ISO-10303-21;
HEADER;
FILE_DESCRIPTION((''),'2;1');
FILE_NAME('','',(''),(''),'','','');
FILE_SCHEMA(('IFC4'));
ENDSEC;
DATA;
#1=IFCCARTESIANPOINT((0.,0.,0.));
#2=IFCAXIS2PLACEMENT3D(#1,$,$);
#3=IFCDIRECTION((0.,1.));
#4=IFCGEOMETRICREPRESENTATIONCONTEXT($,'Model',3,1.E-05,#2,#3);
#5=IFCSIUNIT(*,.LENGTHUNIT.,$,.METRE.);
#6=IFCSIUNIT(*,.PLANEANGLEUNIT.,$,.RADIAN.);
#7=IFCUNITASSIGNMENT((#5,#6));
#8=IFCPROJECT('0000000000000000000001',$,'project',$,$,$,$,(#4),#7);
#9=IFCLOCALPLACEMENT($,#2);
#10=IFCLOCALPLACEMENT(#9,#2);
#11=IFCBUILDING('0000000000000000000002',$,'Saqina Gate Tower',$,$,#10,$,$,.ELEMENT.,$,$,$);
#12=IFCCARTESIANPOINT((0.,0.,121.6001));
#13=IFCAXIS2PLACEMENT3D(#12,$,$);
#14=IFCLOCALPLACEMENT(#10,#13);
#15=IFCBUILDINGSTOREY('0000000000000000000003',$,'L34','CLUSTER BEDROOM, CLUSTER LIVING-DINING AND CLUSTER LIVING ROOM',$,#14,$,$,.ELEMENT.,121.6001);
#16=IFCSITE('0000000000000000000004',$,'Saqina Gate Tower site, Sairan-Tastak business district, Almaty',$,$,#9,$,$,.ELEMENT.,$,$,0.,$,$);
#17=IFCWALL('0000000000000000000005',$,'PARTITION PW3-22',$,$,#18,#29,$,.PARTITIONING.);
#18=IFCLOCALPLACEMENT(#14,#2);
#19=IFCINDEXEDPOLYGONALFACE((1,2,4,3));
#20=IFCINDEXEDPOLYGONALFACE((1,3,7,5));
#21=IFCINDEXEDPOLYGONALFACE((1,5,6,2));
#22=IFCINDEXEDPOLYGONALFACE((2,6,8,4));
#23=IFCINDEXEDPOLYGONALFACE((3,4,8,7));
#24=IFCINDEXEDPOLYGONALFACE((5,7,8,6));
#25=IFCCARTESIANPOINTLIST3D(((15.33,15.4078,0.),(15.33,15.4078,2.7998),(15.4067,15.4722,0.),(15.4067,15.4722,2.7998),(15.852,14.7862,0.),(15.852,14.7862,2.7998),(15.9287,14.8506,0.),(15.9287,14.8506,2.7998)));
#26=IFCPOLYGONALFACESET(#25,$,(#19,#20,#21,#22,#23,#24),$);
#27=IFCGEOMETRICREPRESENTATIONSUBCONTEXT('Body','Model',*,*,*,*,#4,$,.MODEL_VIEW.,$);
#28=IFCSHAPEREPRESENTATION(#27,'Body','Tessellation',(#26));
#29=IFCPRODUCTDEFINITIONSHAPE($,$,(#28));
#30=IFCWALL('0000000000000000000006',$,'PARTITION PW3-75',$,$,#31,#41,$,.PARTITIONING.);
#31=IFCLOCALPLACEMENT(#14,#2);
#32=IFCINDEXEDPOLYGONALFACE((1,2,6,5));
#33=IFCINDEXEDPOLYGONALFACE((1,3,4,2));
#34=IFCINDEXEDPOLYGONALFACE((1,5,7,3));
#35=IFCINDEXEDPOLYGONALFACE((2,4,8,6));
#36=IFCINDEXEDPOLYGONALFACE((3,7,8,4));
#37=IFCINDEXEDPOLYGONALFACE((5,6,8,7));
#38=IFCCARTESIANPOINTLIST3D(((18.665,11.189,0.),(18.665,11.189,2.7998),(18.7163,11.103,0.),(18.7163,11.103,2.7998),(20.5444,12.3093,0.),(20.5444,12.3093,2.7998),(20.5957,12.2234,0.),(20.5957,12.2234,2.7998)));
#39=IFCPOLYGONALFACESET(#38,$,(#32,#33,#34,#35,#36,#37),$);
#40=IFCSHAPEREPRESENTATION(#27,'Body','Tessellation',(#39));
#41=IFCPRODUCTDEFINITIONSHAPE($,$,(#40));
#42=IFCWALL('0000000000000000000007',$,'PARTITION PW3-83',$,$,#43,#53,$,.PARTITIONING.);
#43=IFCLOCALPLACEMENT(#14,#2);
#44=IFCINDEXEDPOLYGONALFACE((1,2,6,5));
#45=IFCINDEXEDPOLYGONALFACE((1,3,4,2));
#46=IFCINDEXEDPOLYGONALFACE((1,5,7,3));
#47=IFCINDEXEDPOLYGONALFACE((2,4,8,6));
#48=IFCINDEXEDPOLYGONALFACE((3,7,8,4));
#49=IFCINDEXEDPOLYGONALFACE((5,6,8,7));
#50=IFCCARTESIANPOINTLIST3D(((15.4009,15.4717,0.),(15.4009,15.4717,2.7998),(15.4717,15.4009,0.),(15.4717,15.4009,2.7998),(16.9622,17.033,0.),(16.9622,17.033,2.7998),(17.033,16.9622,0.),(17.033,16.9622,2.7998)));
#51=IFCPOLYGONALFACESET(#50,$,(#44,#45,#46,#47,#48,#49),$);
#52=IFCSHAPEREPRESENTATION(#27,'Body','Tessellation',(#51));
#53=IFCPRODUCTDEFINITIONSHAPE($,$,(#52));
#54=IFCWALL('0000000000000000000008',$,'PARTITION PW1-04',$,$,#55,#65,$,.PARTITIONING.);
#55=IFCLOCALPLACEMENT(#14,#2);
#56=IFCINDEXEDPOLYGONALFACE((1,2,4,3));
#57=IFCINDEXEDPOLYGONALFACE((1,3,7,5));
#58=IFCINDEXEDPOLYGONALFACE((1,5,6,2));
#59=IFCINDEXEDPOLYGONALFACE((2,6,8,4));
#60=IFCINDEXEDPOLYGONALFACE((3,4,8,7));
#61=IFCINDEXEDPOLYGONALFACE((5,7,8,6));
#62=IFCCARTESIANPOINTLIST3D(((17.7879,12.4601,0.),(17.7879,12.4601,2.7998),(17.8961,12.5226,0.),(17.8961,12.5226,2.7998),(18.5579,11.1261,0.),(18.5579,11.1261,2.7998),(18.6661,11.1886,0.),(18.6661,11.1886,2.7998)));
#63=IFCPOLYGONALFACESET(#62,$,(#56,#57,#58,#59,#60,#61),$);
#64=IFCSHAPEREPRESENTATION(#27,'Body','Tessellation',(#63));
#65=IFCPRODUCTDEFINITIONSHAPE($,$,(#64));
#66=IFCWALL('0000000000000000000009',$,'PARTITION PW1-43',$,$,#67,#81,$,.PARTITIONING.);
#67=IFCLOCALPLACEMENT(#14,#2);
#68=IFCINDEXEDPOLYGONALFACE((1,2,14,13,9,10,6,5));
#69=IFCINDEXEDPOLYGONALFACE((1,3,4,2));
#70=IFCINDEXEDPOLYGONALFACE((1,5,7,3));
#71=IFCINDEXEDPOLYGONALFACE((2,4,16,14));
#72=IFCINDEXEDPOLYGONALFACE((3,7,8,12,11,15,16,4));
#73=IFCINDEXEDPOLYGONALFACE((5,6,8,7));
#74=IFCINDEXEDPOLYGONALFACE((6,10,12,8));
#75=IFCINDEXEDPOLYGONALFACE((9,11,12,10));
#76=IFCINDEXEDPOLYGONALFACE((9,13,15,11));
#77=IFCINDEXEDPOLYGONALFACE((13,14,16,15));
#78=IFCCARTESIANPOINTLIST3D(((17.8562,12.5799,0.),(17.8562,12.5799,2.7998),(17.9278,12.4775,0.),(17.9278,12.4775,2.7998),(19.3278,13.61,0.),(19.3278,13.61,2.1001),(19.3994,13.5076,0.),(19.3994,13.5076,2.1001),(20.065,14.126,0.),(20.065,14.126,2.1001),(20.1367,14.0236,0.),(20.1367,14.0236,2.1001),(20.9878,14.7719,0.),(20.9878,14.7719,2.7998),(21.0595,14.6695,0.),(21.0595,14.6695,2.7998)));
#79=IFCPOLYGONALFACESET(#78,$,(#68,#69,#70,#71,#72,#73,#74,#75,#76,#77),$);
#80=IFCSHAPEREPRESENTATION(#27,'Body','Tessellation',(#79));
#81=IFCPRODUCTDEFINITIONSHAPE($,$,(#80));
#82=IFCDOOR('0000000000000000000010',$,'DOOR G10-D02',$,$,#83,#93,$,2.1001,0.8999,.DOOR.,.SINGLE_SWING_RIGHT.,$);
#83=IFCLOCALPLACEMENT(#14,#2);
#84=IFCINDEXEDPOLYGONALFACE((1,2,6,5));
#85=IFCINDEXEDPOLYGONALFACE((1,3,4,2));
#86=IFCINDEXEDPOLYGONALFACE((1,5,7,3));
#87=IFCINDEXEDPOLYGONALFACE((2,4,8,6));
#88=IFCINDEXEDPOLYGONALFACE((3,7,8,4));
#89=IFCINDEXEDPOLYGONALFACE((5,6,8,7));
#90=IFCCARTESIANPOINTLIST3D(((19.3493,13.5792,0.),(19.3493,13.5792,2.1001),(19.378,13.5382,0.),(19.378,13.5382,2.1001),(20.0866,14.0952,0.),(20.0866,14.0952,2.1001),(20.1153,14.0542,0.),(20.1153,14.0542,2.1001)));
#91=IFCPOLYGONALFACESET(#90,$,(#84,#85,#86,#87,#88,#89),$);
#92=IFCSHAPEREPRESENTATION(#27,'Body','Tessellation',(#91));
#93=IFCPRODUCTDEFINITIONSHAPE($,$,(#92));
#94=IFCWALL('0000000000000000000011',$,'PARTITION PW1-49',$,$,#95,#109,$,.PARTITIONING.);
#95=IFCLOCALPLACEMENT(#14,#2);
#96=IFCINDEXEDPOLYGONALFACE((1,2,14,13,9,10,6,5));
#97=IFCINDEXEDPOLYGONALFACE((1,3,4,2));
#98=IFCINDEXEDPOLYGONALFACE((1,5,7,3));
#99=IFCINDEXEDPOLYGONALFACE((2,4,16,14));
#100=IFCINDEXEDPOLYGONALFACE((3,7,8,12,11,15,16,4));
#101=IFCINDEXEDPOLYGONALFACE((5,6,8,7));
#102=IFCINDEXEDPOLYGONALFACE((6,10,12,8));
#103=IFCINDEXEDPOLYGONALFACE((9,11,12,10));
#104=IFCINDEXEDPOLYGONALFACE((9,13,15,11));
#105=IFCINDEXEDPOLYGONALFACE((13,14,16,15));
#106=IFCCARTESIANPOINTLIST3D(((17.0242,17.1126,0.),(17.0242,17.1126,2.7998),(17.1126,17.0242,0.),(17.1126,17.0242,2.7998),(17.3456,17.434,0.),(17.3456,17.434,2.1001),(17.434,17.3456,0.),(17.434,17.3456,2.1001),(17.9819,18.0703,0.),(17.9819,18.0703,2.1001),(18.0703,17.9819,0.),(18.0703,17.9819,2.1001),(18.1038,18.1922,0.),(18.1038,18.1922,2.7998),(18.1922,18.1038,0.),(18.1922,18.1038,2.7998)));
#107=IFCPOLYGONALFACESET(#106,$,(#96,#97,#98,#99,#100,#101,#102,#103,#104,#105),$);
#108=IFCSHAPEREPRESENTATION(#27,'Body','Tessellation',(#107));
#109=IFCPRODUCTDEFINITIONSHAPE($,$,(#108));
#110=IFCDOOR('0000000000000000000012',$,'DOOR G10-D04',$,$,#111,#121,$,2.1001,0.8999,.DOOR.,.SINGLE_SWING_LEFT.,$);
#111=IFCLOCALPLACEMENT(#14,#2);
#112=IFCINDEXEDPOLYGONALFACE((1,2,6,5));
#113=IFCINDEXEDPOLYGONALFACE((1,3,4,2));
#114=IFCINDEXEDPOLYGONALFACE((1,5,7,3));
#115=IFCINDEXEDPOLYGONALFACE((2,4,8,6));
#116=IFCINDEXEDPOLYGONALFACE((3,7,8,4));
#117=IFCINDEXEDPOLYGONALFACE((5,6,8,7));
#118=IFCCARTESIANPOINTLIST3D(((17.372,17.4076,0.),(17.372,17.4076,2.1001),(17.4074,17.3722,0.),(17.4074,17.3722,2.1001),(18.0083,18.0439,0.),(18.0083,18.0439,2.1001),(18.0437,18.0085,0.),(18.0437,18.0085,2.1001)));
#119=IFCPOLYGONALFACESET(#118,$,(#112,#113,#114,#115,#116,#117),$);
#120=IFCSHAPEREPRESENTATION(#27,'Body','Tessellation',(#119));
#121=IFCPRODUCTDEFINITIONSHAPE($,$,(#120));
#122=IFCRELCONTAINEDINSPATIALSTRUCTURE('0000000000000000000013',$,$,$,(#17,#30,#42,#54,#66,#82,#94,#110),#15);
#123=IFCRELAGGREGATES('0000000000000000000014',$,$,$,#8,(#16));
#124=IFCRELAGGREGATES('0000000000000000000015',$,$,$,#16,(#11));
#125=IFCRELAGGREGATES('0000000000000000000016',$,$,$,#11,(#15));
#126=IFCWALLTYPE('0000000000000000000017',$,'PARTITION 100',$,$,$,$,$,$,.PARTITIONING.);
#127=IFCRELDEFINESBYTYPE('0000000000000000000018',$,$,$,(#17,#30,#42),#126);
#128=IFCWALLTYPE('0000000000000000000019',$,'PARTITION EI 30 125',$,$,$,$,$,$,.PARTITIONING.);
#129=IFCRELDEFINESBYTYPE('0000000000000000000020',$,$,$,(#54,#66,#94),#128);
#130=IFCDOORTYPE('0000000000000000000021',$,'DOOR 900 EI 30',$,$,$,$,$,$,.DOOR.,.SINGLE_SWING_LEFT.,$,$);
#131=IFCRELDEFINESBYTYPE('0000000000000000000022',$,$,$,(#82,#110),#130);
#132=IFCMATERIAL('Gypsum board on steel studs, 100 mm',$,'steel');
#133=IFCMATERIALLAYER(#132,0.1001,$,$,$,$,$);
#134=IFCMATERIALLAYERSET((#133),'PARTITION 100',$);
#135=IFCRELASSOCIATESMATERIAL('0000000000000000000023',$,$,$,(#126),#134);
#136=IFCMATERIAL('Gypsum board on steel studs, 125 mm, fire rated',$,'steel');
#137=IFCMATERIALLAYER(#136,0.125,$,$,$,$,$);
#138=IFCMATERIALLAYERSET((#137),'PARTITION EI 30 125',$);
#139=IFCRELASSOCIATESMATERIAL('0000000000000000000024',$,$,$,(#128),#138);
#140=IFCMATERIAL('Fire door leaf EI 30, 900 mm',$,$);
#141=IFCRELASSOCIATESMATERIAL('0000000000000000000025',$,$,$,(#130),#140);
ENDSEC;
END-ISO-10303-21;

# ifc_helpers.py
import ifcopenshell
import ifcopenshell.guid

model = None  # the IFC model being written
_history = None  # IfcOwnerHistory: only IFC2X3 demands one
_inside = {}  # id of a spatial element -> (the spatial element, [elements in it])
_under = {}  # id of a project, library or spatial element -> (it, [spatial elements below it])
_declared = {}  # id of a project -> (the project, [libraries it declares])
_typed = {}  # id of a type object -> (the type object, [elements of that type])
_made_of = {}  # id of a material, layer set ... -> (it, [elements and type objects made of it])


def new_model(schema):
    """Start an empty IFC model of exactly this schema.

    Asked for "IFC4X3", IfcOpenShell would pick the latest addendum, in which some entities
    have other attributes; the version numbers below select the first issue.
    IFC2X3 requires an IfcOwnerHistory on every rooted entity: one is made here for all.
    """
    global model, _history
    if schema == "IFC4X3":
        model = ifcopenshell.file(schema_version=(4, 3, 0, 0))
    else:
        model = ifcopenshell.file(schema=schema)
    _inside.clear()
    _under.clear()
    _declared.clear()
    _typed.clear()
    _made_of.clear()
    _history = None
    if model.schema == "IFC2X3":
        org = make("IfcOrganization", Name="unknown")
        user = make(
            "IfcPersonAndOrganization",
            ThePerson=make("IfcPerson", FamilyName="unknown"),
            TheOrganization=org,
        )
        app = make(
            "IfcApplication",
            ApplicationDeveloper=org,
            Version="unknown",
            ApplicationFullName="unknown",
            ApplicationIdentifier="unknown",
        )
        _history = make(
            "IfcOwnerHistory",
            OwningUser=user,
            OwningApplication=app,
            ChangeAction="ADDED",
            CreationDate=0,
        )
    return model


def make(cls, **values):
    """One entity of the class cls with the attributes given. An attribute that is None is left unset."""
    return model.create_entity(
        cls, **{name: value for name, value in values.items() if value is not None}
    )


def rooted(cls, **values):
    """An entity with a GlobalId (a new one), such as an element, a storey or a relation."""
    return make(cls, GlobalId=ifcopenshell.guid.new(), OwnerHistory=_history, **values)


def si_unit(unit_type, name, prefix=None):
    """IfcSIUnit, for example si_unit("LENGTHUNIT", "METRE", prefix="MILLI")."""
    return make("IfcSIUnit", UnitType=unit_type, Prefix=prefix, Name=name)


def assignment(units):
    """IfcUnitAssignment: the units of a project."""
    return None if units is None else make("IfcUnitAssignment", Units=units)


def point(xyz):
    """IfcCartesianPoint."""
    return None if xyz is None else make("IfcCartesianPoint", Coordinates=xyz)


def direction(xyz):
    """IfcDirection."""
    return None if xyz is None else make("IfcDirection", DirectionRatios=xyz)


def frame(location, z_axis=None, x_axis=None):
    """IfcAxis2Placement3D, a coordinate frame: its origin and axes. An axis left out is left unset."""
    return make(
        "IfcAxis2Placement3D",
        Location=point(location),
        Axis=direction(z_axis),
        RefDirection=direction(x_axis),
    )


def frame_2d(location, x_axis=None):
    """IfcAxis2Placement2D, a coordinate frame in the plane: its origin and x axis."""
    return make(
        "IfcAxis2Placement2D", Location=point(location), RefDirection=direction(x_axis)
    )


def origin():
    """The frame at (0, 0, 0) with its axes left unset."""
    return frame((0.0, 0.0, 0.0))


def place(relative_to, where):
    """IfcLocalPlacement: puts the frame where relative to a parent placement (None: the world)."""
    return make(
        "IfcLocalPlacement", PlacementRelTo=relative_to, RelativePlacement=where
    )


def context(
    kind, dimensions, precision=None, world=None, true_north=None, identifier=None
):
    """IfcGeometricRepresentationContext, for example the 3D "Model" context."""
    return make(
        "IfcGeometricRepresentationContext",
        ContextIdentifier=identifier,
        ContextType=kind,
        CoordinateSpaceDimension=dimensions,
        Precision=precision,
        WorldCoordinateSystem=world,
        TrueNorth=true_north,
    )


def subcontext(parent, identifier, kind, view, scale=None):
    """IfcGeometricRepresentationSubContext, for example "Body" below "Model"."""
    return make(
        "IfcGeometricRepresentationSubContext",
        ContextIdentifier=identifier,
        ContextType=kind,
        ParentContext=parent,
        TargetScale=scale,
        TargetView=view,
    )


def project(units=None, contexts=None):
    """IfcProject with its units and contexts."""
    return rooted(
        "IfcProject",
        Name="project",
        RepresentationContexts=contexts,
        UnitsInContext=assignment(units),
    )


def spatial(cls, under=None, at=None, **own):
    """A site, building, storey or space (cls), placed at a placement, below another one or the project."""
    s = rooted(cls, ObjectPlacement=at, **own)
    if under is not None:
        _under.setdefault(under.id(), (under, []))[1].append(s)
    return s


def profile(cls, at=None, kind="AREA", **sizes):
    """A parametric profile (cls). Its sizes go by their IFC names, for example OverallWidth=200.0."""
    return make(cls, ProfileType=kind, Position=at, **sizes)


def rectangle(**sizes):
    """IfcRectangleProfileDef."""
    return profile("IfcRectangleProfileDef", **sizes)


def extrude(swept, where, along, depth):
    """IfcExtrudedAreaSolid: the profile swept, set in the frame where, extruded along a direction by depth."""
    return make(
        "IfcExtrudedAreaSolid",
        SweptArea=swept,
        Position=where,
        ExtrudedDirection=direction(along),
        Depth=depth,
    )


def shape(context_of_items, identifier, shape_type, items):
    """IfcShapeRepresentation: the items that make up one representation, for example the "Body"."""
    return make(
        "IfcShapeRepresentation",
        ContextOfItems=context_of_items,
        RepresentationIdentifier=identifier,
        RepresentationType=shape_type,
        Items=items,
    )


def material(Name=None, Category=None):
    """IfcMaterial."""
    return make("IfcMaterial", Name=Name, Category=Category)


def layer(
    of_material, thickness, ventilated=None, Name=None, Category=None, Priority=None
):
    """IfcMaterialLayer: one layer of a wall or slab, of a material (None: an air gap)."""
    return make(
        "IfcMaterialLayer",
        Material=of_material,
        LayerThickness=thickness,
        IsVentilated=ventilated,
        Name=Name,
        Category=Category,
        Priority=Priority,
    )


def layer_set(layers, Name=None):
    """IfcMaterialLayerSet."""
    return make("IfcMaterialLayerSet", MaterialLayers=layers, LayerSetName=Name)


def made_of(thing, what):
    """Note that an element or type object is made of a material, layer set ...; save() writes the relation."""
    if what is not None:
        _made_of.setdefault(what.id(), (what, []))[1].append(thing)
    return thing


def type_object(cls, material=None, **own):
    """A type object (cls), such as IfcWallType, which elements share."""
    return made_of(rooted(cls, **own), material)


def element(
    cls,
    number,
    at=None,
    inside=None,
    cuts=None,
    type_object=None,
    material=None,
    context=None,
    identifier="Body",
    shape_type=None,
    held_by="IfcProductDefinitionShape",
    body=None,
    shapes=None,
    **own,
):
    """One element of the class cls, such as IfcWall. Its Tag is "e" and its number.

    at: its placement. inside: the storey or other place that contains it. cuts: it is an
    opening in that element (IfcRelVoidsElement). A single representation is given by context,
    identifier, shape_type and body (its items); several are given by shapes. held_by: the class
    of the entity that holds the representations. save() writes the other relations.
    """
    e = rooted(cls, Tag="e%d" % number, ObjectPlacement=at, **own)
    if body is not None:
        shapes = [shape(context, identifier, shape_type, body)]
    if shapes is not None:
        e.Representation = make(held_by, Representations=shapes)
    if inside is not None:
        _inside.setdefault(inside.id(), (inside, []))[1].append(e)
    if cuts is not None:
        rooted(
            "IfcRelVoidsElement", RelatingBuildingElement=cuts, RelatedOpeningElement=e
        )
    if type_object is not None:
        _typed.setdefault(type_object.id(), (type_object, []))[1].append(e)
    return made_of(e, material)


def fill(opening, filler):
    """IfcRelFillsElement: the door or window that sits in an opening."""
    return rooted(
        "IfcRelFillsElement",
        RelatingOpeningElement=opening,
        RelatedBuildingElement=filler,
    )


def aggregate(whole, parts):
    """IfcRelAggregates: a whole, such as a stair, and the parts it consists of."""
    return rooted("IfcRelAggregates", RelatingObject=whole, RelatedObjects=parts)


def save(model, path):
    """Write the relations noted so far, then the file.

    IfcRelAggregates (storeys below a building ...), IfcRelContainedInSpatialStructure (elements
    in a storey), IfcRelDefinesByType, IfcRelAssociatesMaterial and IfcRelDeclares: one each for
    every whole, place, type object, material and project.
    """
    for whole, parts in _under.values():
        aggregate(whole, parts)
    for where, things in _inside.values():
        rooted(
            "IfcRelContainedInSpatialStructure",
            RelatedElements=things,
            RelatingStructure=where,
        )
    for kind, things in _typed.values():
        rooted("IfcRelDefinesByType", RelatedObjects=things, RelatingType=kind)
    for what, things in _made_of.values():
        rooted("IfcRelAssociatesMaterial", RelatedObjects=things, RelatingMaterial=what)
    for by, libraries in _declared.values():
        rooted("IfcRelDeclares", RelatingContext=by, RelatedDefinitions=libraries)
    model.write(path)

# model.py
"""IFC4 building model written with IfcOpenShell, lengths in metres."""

from ifc_helpers import new_model, si_unit, direction, frame, frame_2d, origin, place, context, subcontext, project, spatial, rectangle, extrude, material, layer, layer_set, type_object, element, fill, save


model = new_model("IFC4")

# Units and contexts
model_context = context("Model", 3, precision=1e-05, world=origin(), true_north=direction((0.0, 1.0)))
body_context = subcontext(model_context, "Body", "Model", "MODEL_VIEW")
ifc_project = project(units=[si_unit("LENGTHUNIT", "METRE"), si_unit("PLANEANGLEUNIT", "RADIAN")], contexts=[model_context])

# Site, building, storey
site_placement = place(None, origin())
site = spatial("IfcSite", under=ifc_project, at=site_placement, Name="Saqina Gate Tower site, Sairan-Tastak business district, Almaty", CompositionType="ELEMENT", RefElevation=0.0)
building_placement = place(site_placement, origin())
building = spatial("IfcBuilding", under=site, at=building_placement, Name="Saqina Gate Tower", CompositionType="ELEMENT")
storey_placement = place(building_placement, frame((0.0, 0.0, 121.6001)))
storey = spatial("IfcBuildingStorey", under=building, at=storey_placement, Name="L34", Description="CLUSTER BEDROOM, CLUSTER LIVING-DINING AND CLUSTER LIVING ROOM", CompositionType="ELEMENT", Elevation=121.6001)

# Shared definitions
ifc_material_1 = material(Name="Gypsum board on steel studs, 100 mm", Category="steel")
ifc_layer_1 = layer(ifc_material_1, 0.1001)
ifc_layer_set_1 = layer_set([ifc_layer_1], Name="PARTITION 100")
wall_type_1 = type_object("IfcWallType", Name="PARTITION 100", PredefinedType="PARTITIONING", material=ifc_layer_set_1)

# Walls
wall_1_placement = place(storey_placement, frame((15.3684, 15.4399, 0.0), z_axis=(0.0, 0.0, 1.0), x_axis=(0.643079, -0.7658, 0.0)))
element("IfcWall", 1, at=wall_1_placement, inside=storey, type_object=wall_type_1, Name="PARTITION PW3-22", PredefinedType="PARTITIONING", context=body_context, shape_type="SweptSolid", body=[
    extrude(rectangle(XDim=0.8118, YDim=0.1001, at=frame_2d((0.4058, 0.0))), origin(), (0.0, 0.0, 1.0), 2.7998),
])
wall_2_placement = place(storey_placement, frame((18.6907, 11.146, 0.0), z_axis=(0.0, 0.0, 1.0), x_axis=(0.858956, 0.512049, 0.0)))
element("IfcWall", 2, at=wall_2_placement, inside=storey, type_object=wall_type_1, Name="PARTITION PW3-75", PredefinedType="PARTITIONING", context=body_context, shape_type="SweptSolid", body=[
    extrude(rectangle(XDim=2.188, YDim=0.1001, at=frame_2d((1.094, 0.0))), origin(), (0.0, 0.0, 1.0), 2.7998),
])
wall_3_placement = place(storey_placement, frame((15.4363, 15.4363, 0.0), z_axis=(0.0, 0.0, 1.0), x_axis=(0.707107, 0.707107, 0.0)))
element("IfcWall", 3, at=wall_3_placement, inside=storey, type_object=wall_type_1, Name="PARTITION PW3-83", PredefinedType="PARTITIONING", context=body_context, shape_type="SweptSolid", body=[
    extrude(rectangle(XDim=2.208, YDim=0.1001, at=frame_2d((1.104, 0.0))), origin(), (0.0, 0.0, 1.0), 2.7998),
])
ifc_material_2 = material(Name="Gypsum board on steel studs, 125 mm, fire rated", Category="steel")
ifc_layer_2 = layer(ifc_material_2, 0.125)
ifc_layer_set_2 = layer_set([ifc_layer_2], Name="PARTITION EI 30 125")
wall_type_2 = type_object("IfcWallType", Name="PARTITION EI 30 125", PredefinedType="PARTITIONING", material=ifc_layer_set_2)
wall_4_placement = place(storey_placement, frame((17.842, 12.4912, 0.0), z_axis=(0.0, 0.0, 1.0), x_axis=(0.499924, -0.866069, 0.0)))
element("IfcWall", 4, at=wall_4_placement, inside=storey, type_object=wall_type_2, Name="PARTITION PW1-04", PredefinedType="PARTITIONING", context=body_context, shape_type="SweptSolid", body=[
    extrude(rectangle(XDim=1.5403, YDim=0.125, at=frame_2d((0.77, 0.0))), origin(), (0.0, 0.0, 1.0), 2.7998),
])

# Walls, openings, doors
wall_5_placement = place(storey_placement, frame((17.8921, 12.5288, 0.0), z_axis=(0.0, 0.0, 1.0), x_axis=(0.819259, 0.573424, 0.0)))
wall_5 = element("IfcWall", 5, at=wall_5_placement, inside=storey, type_object=wall_type_2, Name="PARTITION PW1-43", PredefinedType="PARTITIONING", context=body_context, shape_type="SweptSolid", body=[
    extrude(rectangle(XDim=3.8225, YDim=0.125, at=frame_2d((1.9111, 0.0))), origin(), (0.0, 0.0, 1.0), 2.7998),
])
opening_1_placement = place(wall_5_placement, frame((1.7961, 0.0, 0.0)))
opening_1 = element("IfcOpeningElement", 6, at=opening_1_placement, cuts=wall_5, PredefinedType="OPENING", context=body_context, shape_type="SweptSolid", body=[
    extrude(rectangle(XDim=0.8999, YDim=2.1001, at=frame_2d((0.45, 1.05))), frame((0.0, 0.0745, 0.0), z_axis=(0.0, -1.0, 0.0), x_axis=(1.0, 0.0, 0.0)), (0.0, 0.0, 1.0), 0.1489),
])
ifc_material_3 = material(Name="Fire door leaf EI 30, 900 mm")
door_type_1 = type_object("IfcDoorType", Name="DOOR 900 EI 30", OperationType="SINGLE_SWING_LEFT", PredefinedType="DOOR", material=ifc_material_3)
door_1_placement = place(opening_1_placement, origin())
door_1 = element("IfcDoor", 7, at=door_1_placement, inside=storey, type_object=door_type_1, Name="DOOR G10-D02", OperationType="SINGLE_SWING_RIGHT", OverallHeight=2.1001, OverallWidth=0.8999, PredefinedType="DOOR", context=body_context, shape_type="SweptSolid", body=[
    extrude(rectangle(XDim=0.8999, YDim=2.1001, at=frame_2d((0.45, 1.05))), frame((0.0, 0.0249, 0.0), z_axis=(0.0, -1.0, 0.0), x_axis=(1.0, 0.0, 0.0)), (0.0, 0.0, 1.0), 0.05),
])
fill(opening_1, door_1)
wall_6_placement = place(storey_placement, frame((17.0684, 17.0684, 0.0), z_axis=(0.0, 0.0, 1.0), x_axis=(0.707107, 0.707107, 0.0)))
wall_6 = element("IfcWall", 8, at=wall_6_placement, inside=storey, type_object=wall_type_2, Name="PARTITION PW1-49", PredefinedType="PARTITIONING", context=body_context, shape_type="SweptSolid", body=[
    extrude(rectangle(XDim=1.5269, YDim=0.125, at=frame_2d((0.7634, 0.0))), origin(), (0.0, 0.0, 1.0), 2.7998),
])
opening_2_placement = place(wall_6_placement, frame((0.4546, 0.0, 0.0)))
opening_2 = element("IfcOpeningElement", 9, at=opening_2_placement, cuts=wall_6, PredefinedType="OPENING", context=body_context, shape_type="SweptSolid", body=[
    extrude(rectangle(XDim=0.8999, YDim=2.1001, at=frame_2d((0.45, 1.05))), frame((0.0, 0.0745, 0.0), z_axis=(0.0, -1.0, 0.0), x_axis=(1.0, 0.0, 0.0)), (0.0, 0.0, 1.0), 0.1489),
])
door_2_placement = place(opening_2_placement, frame((0.8999, 0.0, 0.0), z_axis=(0.0, 0.0, 1.0), x_axis=(-1.0, 0.0, 0.0)))
door_2 = element("IfcDoor", 10, at=door_2_placement, inside=storey, type_object=door_type_1, Name="DOOR G10-D04", OperationType="SINGLE_SWING_LEFT", OverallHeight=2.1001, OverallWidth=0.8999, PredefinedType="DOOR", context=body_context, shape_type="SweptSolid", body=[
    extrude(rectangle(XDim=0.8999, YDim=2.1001, at=frame_2d((0.45, 1.05))), frame((0.0, 0.0249, 0.0), z_axis=(0.0, -1.0, 0.0), x_axis=(1.0, 0.0, 0.0)), (0.0, 0.0, 1.0), 0.05),
])
fill(opening_2, door_2)

save(model, "model.ifc")
